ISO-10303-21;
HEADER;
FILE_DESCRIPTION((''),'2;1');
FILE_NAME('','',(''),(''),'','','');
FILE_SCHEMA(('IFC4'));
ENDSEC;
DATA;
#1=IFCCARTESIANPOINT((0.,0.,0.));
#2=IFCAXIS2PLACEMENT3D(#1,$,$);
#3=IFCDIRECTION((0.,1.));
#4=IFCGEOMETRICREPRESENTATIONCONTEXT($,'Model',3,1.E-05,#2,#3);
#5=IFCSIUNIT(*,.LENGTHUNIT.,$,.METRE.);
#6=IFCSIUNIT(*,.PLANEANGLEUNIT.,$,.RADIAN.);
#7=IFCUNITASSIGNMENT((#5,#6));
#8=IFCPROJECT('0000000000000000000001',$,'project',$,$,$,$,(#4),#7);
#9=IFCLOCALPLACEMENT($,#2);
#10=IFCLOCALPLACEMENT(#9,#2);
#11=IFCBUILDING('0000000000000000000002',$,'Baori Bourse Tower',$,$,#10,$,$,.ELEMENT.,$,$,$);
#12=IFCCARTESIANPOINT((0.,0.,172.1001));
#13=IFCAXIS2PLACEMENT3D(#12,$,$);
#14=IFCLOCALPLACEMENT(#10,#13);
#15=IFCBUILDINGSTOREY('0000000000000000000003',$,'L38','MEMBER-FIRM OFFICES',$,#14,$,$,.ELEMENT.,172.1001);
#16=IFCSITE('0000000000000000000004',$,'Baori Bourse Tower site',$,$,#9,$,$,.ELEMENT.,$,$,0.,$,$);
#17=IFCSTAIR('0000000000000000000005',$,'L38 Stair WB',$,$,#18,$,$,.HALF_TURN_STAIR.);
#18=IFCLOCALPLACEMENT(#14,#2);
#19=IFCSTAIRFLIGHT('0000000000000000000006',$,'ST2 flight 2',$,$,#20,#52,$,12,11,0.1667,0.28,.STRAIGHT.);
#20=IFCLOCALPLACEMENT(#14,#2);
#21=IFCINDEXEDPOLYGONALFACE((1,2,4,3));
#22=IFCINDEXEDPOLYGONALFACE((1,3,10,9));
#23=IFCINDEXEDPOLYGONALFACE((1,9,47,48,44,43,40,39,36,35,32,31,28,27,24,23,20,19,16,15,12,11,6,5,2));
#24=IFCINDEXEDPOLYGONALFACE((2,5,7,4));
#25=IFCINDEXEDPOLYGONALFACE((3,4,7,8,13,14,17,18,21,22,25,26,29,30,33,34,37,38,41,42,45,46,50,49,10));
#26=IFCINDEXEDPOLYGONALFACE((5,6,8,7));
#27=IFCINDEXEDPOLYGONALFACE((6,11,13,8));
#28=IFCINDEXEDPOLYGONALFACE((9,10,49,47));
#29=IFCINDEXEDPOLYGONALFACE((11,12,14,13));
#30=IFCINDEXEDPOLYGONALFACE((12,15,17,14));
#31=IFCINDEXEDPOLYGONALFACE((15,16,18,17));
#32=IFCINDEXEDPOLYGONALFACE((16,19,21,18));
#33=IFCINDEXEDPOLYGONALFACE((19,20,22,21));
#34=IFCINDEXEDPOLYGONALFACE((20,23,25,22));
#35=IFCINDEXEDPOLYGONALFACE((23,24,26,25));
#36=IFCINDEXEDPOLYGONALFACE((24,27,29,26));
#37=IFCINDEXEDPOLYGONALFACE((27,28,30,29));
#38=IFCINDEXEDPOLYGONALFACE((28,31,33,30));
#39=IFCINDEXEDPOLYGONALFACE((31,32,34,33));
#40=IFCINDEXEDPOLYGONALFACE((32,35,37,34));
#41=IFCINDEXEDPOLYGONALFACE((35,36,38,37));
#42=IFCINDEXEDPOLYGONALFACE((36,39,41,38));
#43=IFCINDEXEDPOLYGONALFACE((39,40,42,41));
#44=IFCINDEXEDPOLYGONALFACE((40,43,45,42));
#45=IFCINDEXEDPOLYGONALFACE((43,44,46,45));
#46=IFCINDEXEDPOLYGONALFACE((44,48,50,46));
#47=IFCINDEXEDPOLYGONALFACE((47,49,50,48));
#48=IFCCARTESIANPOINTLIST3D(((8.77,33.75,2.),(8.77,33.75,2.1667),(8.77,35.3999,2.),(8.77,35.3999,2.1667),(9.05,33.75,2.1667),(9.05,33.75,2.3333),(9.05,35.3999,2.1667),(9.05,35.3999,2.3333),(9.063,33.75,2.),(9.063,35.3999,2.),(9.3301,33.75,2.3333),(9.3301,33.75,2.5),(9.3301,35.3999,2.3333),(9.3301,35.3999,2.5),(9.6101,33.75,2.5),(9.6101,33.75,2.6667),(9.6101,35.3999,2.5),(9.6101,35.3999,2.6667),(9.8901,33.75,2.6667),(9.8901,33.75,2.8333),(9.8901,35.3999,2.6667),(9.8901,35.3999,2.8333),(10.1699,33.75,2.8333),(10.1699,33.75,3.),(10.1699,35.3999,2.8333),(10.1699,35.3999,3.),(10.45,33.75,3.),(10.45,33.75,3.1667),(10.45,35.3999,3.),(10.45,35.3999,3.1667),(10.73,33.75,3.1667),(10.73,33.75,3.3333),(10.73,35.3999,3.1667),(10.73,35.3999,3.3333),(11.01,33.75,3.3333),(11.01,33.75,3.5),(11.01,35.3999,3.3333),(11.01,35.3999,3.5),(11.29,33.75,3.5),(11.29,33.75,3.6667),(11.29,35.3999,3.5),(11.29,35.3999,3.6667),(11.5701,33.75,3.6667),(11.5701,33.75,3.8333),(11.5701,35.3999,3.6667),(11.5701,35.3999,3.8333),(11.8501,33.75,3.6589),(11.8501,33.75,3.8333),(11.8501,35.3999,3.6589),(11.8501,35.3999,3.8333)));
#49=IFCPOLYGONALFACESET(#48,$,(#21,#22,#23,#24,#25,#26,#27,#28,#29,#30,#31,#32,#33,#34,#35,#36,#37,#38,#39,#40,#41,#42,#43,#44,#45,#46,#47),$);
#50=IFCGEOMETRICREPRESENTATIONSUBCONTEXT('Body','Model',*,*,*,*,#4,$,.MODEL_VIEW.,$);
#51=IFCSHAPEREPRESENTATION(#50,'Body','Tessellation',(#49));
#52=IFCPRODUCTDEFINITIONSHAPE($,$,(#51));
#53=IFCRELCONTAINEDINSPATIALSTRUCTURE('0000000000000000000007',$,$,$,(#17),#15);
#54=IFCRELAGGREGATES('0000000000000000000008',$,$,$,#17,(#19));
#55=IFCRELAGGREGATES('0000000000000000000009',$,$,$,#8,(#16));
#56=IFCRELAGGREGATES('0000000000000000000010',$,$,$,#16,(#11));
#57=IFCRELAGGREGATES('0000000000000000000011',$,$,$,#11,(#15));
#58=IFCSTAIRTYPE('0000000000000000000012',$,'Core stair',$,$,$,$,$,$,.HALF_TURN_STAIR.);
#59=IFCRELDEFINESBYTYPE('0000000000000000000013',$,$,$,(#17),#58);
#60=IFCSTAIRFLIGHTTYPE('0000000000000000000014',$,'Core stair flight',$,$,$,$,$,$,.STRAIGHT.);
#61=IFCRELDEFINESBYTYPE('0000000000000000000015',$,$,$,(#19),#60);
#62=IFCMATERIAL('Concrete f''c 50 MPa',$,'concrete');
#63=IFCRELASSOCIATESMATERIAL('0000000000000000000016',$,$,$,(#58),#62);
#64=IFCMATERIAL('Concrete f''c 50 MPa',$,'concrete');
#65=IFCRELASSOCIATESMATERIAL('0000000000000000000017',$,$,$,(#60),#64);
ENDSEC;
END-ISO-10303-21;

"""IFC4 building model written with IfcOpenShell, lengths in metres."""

from ifc_helpers import new_model, si_unit, direction, frame, origin, place, context, subcontext, project, spatial, polyline, outline, extrude, material, type_object, element, aggregate, save


model = new_model("IFC4")

# Units and contexts
model_context = context("Model", 3, precision=1e-05, world=origin(), true_north=direction((0.0, 1.0)))
body_context = subcontext(model_context, "Body", "Model", "MODEL_VIEW")
ifc_project = project(units=[si_unit("LENGTHUNIT", "METRE"), si_unit("PLANEANGLEUNIT", "RADIAN")], contexts=[model_context])

# Site, building, storey
site_placement = place(None, origin())
site = spatial("IfcSite", under=ifc_project, at=site_placement, Name="Baori Bourse Tower site", CompositionType="ELEMENT", RefElevation=0.0)
building_placement = place(site_placement, origin())
building = spatial("IfcBuilding", under=site, at=building_placement, Name="Baori Bourse Tower", CompositionType="ELEMENT")
storey_placement = place(building_placement, frame((0.0, 0.0, 172.1001)))
storey = spatial("IfcBuildingStorey", under=building, at=storey_placement, Name="L38", Description="MEMBER-FIRM OFFICES", CompositionType="ELEMENT", Elevation=172.1001)

# Stair, stair flight
ifc_material_1 = material(Name="Concrete f'c 50 MPa", Category="concrete")
stair_type = type_object("IfcStairType", Name="Core stair", PredefinedType="HALF_TURN_STAIR", material=ifc_material_1)
stair_placement = place(storey_placement, origin())
stair = element("IfcStair", 1, at=stair_placement, inside=storey, type_object=stair_type, Name="L38 Stair WB", PredefinedType="HALF_TURN_STAIR")
ifc_material_2 = material(Name="Concrete f'c 50 MPa", Category="concrete")
stair_flight_type = type_object("IfcStairFlightType", Name="Core stair flight", PredefinedType="STRAIGHT", material=ifc_material_2)
stair_flight_1_placement = place(storey_placement, frame((8.77, 34.575, 2.0), z_axis=(0.0, 0.0, 1.0), x_axis=(1.0, 0.0, 0.0)))
stair_flight_1 = element("IfcStairFlight", 2, at=stair_flight_1_placement, type_object=stair_flight_type, Name="ST2 flight 2", NumberOfRisers=12, NumberOfTreads=11, PredefinedType="STRAIGHT", RiserHeight=0.1667, TreadLength=0.28, context=body_context, shape_type="SweptSolid", body=[
    extrude(outline(polyline([(0.0, 0.0), (0.0, 0.1667), (0.28, 0.1667), (0.28, 0.3333), (0.5601, 0.3333), (0.5601, 0.5), (0.8401, 0.5), (0.8401, 0.6667), (1.1201, 0.6667), (1.1201, 0.8333), (1.3999, 0.8333), (1.3999, 1.0), (1.6799, 1.0), (1.6799, 1.1667), (1.96, 1.1667), (1.96, 1.3333), (2.24, 1.3333), (2.24, 1.5), (2.52, 1.5), (2.52, 1.6667), (2.8, 1.6667), (2.8, 1.8333), (3.0801, 1.8333), (3.0801, 2.0), (3.0801, 1.6589), (0.293, 0.0), (0.0, 0.0)])), frame((0.0, 0.825, 0.0), z_axis=(0.0, -1.0, 0.0), x_axis=(1.0, 0.0, 0.0)), (0.0, 0.0, 1.0), 1.6499),
])
aggregate(stair, [stair_flight_1])

save(model, "model.ifc")
